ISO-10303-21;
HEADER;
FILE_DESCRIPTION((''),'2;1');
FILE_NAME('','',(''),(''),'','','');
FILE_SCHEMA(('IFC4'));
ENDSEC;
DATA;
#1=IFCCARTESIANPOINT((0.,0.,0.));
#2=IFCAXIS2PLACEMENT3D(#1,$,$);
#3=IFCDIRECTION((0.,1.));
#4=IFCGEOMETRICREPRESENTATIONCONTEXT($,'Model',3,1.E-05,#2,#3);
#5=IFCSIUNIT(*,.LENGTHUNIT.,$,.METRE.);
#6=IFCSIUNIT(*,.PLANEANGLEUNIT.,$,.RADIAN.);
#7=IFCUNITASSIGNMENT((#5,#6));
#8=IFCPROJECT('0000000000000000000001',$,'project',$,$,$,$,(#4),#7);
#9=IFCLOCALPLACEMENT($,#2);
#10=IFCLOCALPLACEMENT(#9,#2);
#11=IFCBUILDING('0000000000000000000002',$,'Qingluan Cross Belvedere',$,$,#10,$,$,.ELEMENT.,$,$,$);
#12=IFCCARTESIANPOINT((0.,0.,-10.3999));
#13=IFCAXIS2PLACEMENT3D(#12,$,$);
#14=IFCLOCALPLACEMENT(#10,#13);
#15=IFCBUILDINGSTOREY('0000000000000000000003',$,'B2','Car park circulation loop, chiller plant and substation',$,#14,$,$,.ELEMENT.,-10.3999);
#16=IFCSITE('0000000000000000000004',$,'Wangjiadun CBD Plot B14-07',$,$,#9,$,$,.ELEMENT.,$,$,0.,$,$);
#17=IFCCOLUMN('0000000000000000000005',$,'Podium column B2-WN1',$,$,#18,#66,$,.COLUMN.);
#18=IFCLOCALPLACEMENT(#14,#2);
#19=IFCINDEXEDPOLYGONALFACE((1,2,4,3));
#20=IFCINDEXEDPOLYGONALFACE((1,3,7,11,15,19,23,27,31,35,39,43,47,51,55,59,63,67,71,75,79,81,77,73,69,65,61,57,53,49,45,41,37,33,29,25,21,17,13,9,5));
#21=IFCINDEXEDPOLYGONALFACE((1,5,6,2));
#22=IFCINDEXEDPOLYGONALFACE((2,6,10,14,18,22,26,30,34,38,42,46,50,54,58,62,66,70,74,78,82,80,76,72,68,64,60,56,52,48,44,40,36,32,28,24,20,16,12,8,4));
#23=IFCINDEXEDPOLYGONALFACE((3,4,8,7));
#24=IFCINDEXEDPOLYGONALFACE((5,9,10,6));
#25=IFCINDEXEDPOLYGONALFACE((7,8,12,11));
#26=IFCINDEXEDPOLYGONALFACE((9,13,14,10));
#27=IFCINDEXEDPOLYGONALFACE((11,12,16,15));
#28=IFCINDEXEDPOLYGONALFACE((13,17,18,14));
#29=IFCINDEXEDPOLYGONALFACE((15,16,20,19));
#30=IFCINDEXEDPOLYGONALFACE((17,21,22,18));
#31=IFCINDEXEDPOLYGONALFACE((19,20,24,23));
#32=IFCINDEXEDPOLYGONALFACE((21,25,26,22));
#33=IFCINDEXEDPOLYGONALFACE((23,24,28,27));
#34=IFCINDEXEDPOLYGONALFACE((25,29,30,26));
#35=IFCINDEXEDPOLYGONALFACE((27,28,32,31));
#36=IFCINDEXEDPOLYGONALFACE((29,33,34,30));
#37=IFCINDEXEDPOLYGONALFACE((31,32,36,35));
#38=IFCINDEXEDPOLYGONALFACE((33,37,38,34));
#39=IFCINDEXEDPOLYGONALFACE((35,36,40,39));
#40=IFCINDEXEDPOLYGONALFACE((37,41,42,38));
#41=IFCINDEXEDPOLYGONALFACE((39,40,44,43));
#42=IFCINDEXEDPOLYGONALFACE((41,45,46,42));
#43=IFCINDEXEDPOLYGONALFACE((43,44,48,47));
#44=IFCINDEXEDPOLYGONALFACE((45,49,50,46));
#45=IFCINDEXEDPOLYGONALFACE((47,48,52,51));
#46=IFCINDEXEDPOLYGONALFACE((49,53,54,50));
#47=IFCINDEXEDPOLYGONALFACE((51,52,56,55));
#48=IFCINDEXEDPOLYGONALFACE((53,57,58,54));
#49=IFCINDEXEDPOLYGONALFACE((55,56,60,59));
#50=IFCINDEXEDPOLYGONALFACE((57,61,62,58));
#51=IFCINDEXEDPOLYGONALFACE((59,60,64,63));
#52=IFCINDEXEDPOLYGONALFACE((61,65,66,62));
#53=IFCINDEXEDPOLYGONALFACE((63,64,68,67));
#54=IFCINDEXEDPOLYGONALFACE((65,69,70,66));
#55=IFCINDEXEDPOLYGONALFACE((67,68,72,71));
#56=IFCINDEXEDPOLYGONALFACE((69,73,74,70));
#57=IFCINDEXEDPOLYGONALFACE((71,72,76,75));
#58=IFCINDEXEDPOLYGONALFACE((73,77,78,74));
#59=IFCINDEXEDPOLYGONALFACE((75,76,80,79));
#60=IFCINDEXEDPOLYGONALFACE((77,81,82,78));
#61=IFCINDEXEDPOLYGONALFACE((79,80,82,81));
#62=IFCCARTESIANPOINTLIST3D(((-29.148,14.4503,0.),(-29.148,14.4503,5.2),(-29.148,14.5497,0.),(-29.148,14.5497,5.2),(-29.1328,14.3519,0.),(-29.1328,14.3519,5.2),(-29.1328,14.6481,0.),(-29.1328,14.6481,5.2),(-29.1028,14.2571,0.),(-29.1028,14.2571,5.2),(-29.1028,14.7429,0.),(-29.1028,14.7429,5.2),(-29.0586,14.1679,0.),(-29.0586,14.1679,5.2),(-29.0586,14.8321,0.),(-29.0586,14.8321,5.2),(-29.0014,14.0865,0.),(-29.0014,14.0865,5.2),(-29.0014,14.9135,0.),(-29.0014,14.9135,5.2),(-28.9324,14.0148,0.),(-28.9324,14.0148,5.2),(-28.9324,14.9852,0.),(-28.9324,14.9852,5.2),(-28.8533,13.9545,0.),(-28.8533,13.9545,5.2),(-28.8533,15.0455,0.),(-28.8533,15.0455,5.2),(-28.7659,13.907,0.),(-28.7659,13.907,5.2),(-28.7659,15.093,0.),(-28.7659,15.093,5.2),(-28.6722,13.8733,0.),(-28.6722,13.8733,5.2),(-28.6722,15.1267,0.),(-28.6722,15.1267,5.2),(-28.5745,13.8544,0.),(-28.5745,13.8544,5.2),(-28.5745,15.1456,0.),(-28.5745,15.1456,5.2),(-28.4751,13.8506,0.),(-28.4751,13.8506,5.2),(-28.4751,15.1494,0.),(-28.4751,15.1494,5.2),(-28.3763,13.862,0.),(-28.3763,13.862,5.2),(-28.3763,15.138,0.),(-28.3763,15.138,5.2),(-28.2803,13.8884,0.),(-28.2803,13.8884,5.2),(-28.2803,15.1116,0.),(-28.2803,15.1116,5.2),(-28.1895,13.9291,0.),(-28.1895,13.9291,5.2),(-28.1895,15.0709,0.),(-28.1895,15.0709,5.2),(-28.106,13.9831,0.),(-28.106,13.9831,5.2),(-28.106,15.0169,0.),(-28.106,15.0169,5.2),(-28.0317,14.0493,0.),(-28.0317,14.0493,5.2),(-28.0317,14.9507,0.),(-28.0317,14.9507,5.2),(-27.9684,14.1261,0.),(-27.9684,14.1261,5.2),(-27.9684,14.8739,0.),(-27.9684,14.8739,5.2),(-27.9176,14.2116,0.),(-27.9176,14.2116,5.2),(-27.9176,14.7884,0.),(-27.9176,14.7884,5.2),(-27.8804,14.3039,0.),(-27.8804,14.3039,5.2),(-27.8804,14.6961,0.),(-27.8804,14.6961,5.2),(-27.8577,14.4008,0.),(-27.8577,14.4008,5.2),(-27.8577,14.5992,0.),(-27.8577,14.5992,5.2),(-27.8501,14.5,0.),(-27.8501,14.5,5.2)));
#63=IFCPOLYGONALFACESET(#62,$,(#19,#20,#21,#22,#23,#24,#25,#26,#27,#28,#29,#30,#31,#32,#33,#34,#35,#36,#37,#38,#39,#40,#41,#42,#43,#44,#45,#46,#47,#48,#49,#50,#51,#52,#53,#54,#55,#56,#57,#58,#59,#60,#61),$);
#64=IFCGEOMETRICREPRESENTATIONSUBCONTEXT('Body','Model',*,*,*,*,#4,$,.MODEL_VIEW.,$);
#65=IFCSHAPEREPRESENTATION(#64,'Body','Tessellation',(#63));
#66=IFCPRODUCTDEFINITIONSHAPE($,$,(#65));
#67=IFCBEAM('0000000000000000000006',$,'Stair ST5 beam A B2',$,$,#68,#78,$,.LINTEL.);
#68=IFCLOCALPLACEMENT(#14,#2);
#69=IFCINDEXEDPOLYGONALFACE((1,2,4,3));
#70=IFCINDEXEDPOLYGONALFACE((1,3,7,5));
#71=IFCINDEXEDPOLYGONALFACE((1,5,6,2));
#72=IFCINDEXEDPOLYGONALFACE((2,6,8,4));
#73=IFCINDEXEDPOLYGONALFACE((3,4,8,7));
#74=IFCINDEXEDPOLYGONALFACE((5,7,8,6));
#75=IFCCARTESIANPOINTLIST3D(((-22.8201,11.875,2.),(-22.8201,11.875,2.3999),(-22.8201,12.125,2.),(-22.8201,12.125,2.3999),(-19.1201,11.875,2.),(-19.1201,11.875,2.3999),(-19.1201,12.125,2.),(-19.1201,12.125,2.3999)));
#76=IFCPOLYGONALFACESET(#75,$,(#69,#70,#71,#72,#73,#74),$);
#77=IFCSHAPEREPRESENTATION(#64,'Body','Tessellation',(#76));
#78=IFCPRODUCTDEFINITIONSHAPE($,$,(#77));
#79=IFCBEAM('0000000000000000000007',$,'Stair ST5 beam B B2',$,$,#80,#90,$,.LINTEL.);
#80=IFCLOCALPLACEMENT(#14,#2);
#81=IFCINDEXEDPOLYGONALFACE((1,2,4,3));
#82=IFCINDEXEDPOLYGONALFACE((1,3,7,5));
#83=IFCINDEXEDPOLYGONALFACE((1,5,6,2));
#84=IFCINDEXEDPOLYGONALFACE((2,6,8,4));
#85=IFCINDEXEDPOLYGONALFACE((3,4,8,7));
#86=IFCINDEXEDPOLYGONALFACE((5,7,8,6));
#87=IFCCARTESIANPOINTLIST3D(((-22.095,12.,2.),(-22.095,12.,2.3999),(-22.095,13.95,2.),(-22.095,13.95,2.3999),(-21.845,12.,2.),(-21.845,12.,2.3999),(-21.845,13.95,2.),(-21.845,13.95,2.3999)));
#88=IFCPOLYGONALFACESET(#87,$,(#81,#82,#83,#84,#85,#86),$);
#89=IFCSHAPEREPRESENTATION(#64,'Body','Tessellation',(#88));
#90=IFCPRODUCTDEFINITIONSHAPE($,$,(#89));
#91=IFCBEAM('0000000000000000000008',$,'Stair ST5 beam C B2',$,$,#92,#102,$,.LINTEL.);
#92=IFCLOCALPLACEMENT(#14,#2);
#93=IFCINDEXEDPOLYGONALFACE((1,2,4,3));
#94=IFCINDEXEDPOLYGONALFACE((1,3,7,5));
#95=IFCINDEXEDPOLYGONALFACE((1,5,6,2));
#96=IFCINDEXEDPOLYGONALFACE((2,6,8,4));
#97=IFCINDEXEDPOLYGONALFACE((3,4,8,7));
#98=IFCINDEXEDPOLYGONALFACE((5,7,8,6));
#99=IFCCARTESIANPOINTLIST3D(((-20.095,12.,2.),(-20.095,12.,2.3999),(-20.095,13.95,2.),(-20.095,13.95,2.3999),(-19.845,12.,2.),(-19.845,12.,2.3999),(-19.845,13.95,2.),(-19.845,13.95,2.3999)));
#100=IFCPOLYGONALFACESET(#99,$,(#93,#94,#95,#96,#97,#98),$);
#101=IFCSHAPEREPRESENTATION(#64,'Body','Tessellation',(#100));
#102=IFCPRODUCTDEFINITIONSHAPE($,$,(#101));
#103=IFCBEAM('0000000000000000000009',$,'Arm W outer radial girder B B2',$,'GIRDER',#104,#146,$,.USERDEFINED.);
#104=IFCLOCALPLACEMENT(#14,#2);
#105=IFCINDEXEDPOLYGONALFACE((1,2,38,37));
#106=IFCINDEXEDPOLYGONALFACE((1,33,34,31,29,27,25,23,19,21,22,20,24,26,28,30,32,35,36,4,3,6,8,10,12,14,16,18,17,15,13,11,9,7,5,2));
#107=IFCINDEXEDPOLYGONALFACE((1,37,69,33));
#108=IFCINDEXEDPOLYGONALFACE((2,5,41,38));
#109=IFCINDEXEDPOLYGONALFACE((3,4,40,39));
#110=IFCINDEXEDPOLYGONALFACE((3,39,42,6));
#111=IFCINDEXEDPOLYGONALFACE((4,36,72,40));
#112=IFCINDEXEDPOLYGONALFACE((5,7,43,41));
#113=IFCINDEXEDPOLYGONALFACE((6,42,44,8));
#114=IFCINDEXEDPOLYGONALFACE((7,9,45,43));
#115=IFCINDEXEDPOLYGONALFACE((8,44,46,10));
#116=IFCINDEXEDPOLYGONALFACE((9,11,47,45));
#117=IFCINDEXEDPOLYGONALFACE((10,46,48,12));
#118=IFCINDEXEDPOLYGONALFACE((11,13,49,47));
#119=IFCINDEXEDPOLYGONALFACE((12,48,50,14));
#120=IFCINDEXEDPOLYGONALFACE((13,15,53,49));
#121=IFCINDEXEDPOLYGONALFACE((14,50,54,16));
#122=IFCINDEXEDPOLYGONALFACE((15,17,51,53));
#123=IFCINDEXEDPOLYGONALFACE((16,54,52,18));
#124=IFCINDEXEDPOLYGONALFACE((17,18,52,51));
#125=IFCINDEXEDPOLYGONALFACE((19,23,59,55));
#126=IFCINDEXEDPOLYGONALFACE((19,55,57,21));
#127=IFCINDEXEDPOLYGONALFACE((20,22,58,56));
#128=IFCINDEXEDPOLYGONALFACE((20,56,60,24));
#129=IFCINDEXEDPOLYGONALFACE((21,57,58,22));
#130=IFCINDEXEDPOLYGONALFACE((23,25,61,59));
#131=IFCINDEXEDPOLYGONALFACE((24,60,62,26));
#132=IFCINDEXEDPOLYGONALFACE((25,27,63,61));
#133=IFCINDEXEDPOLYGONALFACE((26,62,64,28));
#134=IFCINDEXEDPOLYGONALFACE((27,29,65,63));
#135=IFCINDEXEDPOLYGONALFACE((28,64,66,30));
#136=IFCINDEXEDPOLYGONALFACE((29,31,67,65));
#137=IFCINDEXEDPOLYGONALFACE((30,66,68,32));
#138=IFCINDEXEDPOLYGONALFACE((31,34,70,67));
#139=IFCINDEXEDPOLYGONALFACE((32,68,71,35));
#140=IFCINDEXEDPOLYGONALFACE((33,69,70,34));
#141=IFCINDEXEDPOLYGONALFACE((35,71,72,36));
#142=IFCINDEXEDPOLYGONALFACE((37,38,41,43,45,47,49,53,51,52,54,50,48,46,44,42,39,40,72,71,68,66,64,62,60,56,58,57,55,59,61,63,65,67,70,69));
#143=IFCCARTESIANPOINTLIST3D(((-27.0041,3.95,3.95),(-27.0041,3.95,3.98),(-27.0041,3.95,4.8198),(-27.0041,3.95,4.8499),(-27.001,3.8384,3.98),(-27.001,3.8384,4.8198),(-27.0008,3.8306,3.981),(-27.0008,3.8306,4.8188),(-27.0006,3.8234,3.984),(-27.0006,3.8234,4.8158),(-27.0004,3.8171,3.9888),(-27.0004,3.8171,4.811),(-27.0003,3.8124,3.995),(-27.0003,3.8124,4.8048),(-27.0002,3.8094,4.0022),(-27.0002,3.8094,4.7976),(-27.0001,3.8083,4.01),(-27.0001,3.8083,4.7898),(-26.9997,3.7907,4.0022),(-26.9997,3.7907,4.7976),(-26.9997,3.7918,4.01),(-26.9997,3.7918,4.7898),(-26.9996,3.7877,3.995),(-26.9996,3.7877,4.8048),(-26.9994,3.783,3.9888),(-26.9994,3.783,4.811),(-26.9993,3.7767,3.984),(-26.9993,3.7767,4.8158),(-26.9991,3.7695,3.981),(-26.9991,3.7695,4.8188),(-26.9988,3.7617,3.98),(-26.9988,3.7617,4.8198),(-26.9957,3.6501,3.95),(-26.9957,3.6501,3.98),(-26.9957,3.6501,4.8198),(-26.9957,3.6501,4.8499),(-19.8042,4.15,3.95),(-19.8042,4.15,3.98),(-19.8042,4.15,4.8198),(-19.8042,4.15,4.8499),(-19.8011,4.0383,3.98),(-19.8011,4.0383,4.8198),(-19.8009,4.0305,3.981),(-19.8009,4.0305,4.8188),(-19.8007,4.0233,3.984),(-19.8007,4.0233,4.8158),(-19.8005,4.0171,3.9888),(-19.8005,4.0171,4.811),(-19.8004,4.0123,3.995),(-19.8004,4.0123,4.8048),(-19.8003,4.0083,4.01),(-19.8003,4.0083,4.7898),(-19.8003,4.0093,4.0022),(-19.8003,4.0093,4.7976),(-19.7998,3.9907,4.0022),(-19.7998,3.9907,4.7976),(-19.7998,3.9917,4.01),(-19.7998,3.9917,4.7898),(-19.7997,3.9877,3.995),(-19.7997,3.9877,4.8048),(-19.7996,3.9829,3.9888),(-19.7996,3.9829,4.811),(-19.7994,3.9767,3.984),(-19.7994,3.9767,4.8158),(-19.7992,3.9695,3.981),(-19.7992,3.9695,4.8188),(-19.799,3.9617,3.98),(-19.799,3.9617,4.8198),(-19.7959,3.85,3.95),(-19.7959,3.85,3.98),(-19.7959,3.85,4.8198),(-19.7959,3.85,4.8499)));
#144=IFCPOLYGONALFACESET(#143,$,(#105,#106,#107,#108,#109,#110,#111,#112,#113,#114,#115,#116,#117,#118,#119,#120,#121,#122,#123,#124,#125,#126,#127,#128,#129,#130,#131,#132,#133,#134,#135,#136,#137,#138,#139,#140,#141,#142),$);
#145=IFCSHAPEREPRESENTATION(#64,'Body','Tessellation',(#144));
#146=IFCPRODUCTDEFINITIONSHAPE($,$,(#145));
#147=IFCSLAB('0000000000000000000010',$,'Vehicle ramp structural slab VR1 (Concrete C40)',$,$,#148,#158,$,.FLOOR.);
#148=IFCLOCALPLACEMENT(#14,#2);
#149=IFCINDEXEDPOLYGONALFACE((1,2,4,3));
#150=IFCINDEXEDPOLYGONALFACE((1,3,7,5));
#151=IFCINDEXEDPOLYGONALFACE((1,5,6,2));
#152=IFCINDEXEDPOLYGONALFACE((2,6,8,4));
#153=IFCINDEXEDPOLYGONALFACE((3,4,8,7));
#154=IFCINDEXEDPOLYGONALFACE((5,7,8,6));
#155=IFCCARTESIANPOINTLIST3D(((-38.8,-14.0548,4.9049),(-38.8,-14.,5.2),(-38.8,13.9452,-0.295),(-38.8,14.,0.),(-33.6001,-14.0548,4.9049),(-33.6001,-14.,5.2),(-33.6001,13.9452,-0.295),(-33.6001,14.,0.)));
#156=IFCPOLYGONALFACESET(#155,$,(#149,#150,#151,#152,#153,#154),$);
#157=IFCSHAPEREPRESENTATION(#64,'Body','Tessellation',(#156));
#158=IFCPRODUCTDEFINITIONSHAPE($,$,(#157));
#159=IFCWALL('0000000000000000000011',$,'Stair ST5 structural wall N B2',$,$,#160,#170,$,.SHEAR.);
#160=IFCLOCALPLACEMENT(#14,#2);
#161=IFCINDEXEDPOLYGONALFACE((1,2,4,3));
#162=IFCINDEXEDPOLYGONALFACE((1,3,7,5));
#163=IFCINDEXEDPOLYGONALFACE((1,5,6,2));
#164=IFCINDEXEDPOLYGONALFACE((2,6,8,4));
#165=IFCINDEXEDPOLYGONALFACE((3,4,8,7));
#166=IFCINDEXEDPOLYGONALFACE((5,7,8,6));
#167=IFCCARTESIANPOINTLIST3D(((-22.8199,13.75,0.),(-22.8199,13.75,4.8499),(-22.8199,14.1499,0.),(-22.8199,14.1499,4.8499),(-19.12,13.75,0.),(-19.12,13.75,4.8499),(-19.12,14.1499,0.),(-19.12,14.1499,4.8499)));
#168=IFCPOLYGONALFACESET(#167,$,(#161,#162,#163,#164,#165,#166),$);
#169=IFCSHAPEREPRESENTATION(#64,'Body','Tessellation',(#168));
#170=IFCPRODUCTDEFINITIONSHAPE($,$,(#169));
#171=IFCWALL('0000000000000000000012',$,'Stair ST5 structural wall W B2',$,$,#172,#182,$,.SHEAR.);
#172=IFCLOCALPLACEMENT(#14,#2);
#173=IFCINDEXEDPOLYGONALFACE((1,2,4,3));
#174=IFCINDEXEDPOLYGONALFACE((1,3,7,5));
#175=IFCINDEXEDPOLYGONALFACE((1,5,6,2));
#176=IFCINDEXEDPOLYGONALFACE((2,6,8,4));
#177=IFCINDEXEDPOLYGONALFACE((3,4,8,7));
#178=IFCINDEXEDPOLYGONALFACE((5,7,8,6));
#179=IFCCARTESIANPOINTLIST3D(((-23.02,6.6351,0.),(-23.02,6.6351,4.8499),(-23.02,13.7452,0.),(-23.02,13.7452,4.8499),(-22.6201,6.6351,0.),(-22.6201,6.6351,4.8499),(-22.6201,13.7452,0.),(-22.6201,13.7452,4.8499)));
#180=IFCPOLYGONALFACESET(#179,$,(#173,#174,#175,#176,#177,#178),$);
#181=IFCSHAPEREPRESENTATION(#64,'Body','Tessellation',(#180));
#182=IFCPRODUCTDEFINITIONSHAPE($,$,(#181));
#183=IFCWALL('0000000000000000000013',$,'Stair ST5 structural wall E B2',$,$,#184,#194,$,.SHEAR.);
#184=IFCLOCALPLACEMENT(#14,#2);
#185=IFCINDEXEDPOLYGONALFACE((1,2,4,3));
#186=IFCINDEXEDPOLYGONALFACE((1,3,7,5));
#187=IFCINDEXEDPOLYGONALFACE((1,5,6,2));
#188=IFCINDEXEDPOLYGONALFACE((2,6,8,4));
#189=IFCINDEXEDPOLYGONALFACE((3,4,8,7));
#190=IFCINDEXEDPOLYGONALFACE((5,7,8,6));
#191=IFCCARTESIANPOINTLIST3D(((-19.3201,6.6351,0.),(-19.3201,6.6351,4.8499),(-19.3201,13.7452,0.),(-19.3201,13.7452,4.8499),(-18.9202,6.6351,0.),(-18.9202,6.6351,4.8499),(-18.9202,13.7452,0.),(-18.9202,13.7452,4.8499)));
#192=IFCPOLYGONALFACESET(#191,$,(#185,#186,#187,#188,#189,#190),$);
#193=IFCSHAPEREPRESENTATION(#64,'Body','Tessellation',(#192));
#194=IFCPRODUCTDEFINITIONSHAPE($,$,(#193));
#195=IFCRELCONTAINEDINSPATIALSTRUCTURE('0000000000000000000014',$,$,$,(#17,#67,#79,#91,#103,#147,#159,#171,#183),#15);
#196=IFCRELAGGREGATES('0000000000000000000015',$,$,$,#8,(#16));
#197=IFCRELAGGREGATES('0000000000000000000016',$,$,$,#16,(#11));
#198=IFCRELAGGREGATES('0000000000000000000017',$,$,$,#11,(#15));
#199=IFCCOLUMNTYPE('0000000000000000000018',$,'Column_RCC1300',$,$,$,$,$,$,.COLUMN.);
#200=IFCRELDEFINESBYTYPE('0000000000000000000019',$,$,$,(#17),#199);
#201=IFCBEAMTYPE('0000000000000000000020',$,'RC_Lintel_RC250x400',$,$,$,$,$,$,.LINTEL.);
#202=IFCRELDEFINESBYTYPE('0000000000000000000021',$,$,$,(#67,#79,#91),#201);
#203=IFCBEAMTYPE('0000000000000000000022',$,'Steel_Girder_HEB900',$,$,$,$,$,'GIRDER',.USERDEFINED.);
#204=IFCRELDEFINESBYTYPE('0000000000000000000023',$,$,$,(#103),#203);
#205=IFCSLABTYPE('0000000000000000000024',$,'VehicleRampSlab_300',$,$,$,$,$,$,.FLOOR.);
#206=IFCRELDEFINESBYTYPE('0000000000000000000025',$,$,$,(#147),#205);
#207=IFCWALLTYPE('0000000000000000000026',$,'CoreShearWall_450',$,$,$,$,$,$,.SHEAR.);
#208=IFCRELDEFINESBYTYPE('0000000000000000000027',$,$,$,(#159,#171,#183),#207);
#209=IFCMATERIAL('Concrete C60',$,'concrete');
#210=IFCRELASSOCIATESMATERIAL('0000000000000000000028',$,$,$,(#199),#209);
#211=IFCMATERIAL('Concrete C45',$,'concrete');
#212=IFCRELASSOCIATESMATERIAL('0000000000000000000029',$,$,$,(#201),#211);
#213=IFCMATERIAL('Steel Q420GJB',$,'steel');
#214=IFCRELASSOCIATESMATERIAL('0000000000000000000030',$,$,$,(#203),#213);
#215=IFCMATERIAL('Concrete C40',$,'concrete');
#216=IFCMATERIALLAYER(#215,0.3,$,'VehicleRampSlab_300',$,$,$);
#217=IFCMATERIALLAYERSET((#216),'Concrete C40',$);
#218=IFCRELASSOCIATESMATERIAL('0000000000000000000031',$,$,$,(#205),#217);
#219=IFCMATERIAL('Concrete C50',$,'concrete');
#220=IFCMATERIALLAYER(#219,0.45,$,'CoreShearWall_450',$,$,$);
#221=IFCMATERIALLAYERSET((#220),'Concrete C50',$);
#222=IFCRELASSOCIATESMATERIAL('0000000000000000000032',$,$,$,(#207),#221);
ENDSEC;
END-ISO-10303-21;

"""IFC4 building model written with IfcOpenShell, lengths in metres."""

from ifc_helpers import new_model, si_unit, direction, frame, frame_2d, origin, origin_2d, place, context, subcontext, project, spatial, polyline, rectangle, circle, i_section, outline, extrude, material, layer, layer_set, material_profile, profile_set, type_object, element, save


model = new_model("IFC4")

# Units and contexts
model_context = context("Model", 3, precision=1e-05, world=origin(), true_north=direction((0.0, 1.0)))
body_context = subcontext(model_context, "Body", "Model", "MODEL_VIEW")
ifc_project = project(units=[si_unit("LENGTHUNIT", "METRE"), si_unit("PLANEANGLEUNIT", "RADIAN")], contexts=[model_context])

# Site, building, storey
site_placement = place(None, origin())
site = spatial("IfcSite", under=ifc_project, at=site_placement, Name="Wangjiadun CBD Plot B14-07", CompositionType="ELEMENT", RefElevation=0.0)
building_placement = place(site_placement, origin())
building = spatial("IfcBuilding", under=site, at=building_placement, Name="Qingluan Cross Belvedere", CompositionType="ELEMENT")
storey_placement = place(building_placement, frame((0.0, 0.0, -10.3999)))
storey = spatial("IfcBuildingStorey", under=building, at=storey_placement, Name="B2", Description="Car park circulation loop, chiller plant and substation", CompositionType="ELEMENT", Elevation=-10.3999)

# Column
ifc_material_1 = material(Name="Concrete C60", Category="concrete")
ifc_material_profile_1 = material_profile(ifc_material_1, circle(Radius=0.6499, at=origin_2d()), Name="RCC1300")
ifc_profile_set_1 = profile_set([ifc_material_profile_1], Name="Concrete C60")
column_type_1 = type_object("IfcColumnType", Name="Column_RCC1300", PredefinedType="COLUMN", material=ifc_profile_set_1)
column_placement = place(storey_placement, frame((-28.5, 14.5, 0.0), z_axis=(0.0, 0.0, 1.0), x_axis=(1.0, 0.0, 0.0)))
element("IfcColumn", 1, at=column_placement, inside=storey, type_object=column_type_1, Name="Podium column B2-WN1", PredefinedType="COLUMN", context=body_context, shape_type="SweptSolid", body=[
    extrude(circle(Radius=0.6499, at=origin_2d()), origin(), (0.0, 0.0, 1.0), 5.2),
])

# Beams
ifc_material_2 = material(Name="Concrete C45", Category="concrete")
ifc_material_profile_2 = material_profile(ifc_material_2, rectangle(XDim=0.25, YDim=0.3999, at=origin_2d()), Name="RC250x400")
ifc_profile_set_2 = profile_set([ifc_material_profile_2], Name="Concrete C45")
beam_type_1 = type_object("IfcBeamType", Name="RC_Lintel_RC250x400", PredefinedType="LINTEL", material=ifc_profile_set_2)
beam_1_placement = place(storey_placement, frame((-22.8201, 12.0, 2.2), z_axis=(1.0, 0.0, 0.0), x_axis=(0.0, 1.0, 0.0)))
element("IfcBeam", 2, at=beam_1_placement, inside=storey, type_object=beam_type_1, Name="Stair ST5 beam A B2", PredefinedType="LINTEL", context=body_context, shape_type="SweptSolid", body=[
    extrude(rectangle(XDim=0.25, YDim=0.3999, at=origin_2d()), origin(), (0.0, 0.0, 1.0), 3.7),
])
for number, where, z_axis, x_axis, name in (
    (3, (-21.97, 13.95, 2.2), (0.0, -1.0, 0.0), (1.0, 0.0, 0.0), "Stair ST5 beam B B2"),
    (4, (-19.97, 13.95, 2.2), (0.0, -1.0, 0.0), (1.0, 0.0, 0.0), "Stair ST5 beam C B2"),
):
    element("IfcBeam", number, at=place(storey_placement, frame(where, z_axis=z_axis, x_axis=x_axis)), inside=storey, type_object=beam_type_1, Name=name, PredefinedType="LINTEL", context=body_context, shape_type="SweptSolid", body=[
        extrude(rectangle(XDim=0.25, YDim=0.3999, at=origin_2d()), origin(), (0.0, 0.0, 1.0), 1.95),
    ])
ifc_material_3 = material(Name="Steel Q420GJB", Category="steel")
ifc_material_profile_3 = material_profile(ifc_material_3, i_section(OverallWidth=0.3, OverallDepth=0.8999, WebThickness=0.0166, FlangeThickness=0.03, FilletRadius=0.03, at=origin_2d()), Name="HEB900")
ifc_profile_set_3 = profile_set([ifc_material_profile_3], Name="Steel Q420GJB")
beam_type_2 = type_object("IfcBeamType", Name="Steel_Girder_HEB900", ElementType="GIRDER", PredefinedType="USERDEFINED", material=ifc_profile_set_3)
beam_2_placement = place(storey_placement, frame((-19.8, 4.0, 4.3999), z_axis=(-0.999615, -0.02776, 0.0), x_axis=(0.02776, -0.999615, 0.0)))
element("IfcBeam", 5, at=beam_2_placement, inside=storey, type_object=beam_type_2, Name="Arm W outer radial girder B B2", ObjectType="GIRDER", PredefinedType="USERDEFINED", context=body_context, shape_type="SweptSolid", body=[
    extrude(i_section(OverallWidth=0.3, OverallDepth=0.8999, WebThickness=0.0166, FlangeThickness=0.03, FilletRadius=0.03, at=origin_2d()), origin(), (0.0, 0.0, 1.0), 7.2026),
])

# Slab
ifc_material_4 = material(Name="Concrete C40", Category="concrete")
ifc_layer_1 = layer(ifc_material_4, 0.3, Name="VehicleRampSlab_300")
ifc_layer_set_1 = layer_set([ifc_layer_1], Name="Concrete C40")
slab_type = type_object("IfcSlabType", Name="VehicleRampSlab_300", PredefinedType="FLOOR", material=ifc_layer_set_1)
slab_placement = place(storey_placement, frame((-33.6001, 14.0, 0.0), z_axis=(0.0, 0.182591, 0.983189), x_axis=(-1.0, 0.0, 0.0)))
element("IfcSlab", 6, at=slab_placement, inside=storey, type_object=slab_type, Name="Vehicle ramp structural slab VR1 (Concrete C40)", PredefinedType="FLOOR", context=body_context, shape_type="SweptSolid", body=[
    extrude(outline(polyline([(0.0, 0.0), (5.2, 0.0), (5.2, 28.4788), (0.0, 28.4788), (0.0, 0.0)])), origin(), (0.0, 0.0, -1.0), 0.3),
])

# Wall
ifc_material_5 = material(Name="Concrete C50", Category="concrete")
ifc_layer_2 = layer(ifc_material_5, 0.45, Name="CoreShearWall_450")
ifc_layer_set_2 = layer_set([ifc_layer_2], Name="Concrete C50")
wall_type = type_object("IfcWallType", Name="CoreShearWall_450", PredefinedType="SHEAR", material=ifc_layer_set_2)
wall_1_placement = place(storey_placement, frame((-22.8201, 13.95, 0.0), z_axis=(0.0, 0.0, 1.0), x_axis=(1.0, 0.0, 0.0)))
element("IfcWall", 7, at=wall_1_placement, inside=storey, type_object=wall_type, Name="Stair ST5 structural wall N B2", PredefinedType="SHEAR", context=body_context, shape_type="SweptSolid", body=[
    extrude(rectangle(XDim=3.7, YDim=0.3999, at=frame_2d((1.8501, 0.0))), origin(), (0.0, 0.0, 1.0), 4.8499),
])

# Walls
for number, where, z_axis, x_axis, name in (
    (8, (-22.8201, 6.635, 0.0), (0.0, 0.0, 1.0), (0.0, 1.0, 0.0), "Stair ST5 structural wall W B2"),
    (9, (-19.1201, 6.635, 0.0), (0.0, 0.0, 1.0), (0.0, 1.0, 0.0), "Stair ST5 structural wall E B2"),
):
    element("IfcWall", number, at=place(storey_placement, frame(where, z_axis=z_axis, x_axis=x_axis)), inside=storey, type_object=wall_type, Name=name, PredefinedType="SHEAR", context=body_context, shape_type="SweptSolid", body=[
        extrude(rectangle(XDim=7.1101, YDim=0.3999, at=frame_2d((3.5552, 0.0))), origin(), (0.0, 0.0, 1.0), 4.8499),
    ])

save(model, "model.ifc")
